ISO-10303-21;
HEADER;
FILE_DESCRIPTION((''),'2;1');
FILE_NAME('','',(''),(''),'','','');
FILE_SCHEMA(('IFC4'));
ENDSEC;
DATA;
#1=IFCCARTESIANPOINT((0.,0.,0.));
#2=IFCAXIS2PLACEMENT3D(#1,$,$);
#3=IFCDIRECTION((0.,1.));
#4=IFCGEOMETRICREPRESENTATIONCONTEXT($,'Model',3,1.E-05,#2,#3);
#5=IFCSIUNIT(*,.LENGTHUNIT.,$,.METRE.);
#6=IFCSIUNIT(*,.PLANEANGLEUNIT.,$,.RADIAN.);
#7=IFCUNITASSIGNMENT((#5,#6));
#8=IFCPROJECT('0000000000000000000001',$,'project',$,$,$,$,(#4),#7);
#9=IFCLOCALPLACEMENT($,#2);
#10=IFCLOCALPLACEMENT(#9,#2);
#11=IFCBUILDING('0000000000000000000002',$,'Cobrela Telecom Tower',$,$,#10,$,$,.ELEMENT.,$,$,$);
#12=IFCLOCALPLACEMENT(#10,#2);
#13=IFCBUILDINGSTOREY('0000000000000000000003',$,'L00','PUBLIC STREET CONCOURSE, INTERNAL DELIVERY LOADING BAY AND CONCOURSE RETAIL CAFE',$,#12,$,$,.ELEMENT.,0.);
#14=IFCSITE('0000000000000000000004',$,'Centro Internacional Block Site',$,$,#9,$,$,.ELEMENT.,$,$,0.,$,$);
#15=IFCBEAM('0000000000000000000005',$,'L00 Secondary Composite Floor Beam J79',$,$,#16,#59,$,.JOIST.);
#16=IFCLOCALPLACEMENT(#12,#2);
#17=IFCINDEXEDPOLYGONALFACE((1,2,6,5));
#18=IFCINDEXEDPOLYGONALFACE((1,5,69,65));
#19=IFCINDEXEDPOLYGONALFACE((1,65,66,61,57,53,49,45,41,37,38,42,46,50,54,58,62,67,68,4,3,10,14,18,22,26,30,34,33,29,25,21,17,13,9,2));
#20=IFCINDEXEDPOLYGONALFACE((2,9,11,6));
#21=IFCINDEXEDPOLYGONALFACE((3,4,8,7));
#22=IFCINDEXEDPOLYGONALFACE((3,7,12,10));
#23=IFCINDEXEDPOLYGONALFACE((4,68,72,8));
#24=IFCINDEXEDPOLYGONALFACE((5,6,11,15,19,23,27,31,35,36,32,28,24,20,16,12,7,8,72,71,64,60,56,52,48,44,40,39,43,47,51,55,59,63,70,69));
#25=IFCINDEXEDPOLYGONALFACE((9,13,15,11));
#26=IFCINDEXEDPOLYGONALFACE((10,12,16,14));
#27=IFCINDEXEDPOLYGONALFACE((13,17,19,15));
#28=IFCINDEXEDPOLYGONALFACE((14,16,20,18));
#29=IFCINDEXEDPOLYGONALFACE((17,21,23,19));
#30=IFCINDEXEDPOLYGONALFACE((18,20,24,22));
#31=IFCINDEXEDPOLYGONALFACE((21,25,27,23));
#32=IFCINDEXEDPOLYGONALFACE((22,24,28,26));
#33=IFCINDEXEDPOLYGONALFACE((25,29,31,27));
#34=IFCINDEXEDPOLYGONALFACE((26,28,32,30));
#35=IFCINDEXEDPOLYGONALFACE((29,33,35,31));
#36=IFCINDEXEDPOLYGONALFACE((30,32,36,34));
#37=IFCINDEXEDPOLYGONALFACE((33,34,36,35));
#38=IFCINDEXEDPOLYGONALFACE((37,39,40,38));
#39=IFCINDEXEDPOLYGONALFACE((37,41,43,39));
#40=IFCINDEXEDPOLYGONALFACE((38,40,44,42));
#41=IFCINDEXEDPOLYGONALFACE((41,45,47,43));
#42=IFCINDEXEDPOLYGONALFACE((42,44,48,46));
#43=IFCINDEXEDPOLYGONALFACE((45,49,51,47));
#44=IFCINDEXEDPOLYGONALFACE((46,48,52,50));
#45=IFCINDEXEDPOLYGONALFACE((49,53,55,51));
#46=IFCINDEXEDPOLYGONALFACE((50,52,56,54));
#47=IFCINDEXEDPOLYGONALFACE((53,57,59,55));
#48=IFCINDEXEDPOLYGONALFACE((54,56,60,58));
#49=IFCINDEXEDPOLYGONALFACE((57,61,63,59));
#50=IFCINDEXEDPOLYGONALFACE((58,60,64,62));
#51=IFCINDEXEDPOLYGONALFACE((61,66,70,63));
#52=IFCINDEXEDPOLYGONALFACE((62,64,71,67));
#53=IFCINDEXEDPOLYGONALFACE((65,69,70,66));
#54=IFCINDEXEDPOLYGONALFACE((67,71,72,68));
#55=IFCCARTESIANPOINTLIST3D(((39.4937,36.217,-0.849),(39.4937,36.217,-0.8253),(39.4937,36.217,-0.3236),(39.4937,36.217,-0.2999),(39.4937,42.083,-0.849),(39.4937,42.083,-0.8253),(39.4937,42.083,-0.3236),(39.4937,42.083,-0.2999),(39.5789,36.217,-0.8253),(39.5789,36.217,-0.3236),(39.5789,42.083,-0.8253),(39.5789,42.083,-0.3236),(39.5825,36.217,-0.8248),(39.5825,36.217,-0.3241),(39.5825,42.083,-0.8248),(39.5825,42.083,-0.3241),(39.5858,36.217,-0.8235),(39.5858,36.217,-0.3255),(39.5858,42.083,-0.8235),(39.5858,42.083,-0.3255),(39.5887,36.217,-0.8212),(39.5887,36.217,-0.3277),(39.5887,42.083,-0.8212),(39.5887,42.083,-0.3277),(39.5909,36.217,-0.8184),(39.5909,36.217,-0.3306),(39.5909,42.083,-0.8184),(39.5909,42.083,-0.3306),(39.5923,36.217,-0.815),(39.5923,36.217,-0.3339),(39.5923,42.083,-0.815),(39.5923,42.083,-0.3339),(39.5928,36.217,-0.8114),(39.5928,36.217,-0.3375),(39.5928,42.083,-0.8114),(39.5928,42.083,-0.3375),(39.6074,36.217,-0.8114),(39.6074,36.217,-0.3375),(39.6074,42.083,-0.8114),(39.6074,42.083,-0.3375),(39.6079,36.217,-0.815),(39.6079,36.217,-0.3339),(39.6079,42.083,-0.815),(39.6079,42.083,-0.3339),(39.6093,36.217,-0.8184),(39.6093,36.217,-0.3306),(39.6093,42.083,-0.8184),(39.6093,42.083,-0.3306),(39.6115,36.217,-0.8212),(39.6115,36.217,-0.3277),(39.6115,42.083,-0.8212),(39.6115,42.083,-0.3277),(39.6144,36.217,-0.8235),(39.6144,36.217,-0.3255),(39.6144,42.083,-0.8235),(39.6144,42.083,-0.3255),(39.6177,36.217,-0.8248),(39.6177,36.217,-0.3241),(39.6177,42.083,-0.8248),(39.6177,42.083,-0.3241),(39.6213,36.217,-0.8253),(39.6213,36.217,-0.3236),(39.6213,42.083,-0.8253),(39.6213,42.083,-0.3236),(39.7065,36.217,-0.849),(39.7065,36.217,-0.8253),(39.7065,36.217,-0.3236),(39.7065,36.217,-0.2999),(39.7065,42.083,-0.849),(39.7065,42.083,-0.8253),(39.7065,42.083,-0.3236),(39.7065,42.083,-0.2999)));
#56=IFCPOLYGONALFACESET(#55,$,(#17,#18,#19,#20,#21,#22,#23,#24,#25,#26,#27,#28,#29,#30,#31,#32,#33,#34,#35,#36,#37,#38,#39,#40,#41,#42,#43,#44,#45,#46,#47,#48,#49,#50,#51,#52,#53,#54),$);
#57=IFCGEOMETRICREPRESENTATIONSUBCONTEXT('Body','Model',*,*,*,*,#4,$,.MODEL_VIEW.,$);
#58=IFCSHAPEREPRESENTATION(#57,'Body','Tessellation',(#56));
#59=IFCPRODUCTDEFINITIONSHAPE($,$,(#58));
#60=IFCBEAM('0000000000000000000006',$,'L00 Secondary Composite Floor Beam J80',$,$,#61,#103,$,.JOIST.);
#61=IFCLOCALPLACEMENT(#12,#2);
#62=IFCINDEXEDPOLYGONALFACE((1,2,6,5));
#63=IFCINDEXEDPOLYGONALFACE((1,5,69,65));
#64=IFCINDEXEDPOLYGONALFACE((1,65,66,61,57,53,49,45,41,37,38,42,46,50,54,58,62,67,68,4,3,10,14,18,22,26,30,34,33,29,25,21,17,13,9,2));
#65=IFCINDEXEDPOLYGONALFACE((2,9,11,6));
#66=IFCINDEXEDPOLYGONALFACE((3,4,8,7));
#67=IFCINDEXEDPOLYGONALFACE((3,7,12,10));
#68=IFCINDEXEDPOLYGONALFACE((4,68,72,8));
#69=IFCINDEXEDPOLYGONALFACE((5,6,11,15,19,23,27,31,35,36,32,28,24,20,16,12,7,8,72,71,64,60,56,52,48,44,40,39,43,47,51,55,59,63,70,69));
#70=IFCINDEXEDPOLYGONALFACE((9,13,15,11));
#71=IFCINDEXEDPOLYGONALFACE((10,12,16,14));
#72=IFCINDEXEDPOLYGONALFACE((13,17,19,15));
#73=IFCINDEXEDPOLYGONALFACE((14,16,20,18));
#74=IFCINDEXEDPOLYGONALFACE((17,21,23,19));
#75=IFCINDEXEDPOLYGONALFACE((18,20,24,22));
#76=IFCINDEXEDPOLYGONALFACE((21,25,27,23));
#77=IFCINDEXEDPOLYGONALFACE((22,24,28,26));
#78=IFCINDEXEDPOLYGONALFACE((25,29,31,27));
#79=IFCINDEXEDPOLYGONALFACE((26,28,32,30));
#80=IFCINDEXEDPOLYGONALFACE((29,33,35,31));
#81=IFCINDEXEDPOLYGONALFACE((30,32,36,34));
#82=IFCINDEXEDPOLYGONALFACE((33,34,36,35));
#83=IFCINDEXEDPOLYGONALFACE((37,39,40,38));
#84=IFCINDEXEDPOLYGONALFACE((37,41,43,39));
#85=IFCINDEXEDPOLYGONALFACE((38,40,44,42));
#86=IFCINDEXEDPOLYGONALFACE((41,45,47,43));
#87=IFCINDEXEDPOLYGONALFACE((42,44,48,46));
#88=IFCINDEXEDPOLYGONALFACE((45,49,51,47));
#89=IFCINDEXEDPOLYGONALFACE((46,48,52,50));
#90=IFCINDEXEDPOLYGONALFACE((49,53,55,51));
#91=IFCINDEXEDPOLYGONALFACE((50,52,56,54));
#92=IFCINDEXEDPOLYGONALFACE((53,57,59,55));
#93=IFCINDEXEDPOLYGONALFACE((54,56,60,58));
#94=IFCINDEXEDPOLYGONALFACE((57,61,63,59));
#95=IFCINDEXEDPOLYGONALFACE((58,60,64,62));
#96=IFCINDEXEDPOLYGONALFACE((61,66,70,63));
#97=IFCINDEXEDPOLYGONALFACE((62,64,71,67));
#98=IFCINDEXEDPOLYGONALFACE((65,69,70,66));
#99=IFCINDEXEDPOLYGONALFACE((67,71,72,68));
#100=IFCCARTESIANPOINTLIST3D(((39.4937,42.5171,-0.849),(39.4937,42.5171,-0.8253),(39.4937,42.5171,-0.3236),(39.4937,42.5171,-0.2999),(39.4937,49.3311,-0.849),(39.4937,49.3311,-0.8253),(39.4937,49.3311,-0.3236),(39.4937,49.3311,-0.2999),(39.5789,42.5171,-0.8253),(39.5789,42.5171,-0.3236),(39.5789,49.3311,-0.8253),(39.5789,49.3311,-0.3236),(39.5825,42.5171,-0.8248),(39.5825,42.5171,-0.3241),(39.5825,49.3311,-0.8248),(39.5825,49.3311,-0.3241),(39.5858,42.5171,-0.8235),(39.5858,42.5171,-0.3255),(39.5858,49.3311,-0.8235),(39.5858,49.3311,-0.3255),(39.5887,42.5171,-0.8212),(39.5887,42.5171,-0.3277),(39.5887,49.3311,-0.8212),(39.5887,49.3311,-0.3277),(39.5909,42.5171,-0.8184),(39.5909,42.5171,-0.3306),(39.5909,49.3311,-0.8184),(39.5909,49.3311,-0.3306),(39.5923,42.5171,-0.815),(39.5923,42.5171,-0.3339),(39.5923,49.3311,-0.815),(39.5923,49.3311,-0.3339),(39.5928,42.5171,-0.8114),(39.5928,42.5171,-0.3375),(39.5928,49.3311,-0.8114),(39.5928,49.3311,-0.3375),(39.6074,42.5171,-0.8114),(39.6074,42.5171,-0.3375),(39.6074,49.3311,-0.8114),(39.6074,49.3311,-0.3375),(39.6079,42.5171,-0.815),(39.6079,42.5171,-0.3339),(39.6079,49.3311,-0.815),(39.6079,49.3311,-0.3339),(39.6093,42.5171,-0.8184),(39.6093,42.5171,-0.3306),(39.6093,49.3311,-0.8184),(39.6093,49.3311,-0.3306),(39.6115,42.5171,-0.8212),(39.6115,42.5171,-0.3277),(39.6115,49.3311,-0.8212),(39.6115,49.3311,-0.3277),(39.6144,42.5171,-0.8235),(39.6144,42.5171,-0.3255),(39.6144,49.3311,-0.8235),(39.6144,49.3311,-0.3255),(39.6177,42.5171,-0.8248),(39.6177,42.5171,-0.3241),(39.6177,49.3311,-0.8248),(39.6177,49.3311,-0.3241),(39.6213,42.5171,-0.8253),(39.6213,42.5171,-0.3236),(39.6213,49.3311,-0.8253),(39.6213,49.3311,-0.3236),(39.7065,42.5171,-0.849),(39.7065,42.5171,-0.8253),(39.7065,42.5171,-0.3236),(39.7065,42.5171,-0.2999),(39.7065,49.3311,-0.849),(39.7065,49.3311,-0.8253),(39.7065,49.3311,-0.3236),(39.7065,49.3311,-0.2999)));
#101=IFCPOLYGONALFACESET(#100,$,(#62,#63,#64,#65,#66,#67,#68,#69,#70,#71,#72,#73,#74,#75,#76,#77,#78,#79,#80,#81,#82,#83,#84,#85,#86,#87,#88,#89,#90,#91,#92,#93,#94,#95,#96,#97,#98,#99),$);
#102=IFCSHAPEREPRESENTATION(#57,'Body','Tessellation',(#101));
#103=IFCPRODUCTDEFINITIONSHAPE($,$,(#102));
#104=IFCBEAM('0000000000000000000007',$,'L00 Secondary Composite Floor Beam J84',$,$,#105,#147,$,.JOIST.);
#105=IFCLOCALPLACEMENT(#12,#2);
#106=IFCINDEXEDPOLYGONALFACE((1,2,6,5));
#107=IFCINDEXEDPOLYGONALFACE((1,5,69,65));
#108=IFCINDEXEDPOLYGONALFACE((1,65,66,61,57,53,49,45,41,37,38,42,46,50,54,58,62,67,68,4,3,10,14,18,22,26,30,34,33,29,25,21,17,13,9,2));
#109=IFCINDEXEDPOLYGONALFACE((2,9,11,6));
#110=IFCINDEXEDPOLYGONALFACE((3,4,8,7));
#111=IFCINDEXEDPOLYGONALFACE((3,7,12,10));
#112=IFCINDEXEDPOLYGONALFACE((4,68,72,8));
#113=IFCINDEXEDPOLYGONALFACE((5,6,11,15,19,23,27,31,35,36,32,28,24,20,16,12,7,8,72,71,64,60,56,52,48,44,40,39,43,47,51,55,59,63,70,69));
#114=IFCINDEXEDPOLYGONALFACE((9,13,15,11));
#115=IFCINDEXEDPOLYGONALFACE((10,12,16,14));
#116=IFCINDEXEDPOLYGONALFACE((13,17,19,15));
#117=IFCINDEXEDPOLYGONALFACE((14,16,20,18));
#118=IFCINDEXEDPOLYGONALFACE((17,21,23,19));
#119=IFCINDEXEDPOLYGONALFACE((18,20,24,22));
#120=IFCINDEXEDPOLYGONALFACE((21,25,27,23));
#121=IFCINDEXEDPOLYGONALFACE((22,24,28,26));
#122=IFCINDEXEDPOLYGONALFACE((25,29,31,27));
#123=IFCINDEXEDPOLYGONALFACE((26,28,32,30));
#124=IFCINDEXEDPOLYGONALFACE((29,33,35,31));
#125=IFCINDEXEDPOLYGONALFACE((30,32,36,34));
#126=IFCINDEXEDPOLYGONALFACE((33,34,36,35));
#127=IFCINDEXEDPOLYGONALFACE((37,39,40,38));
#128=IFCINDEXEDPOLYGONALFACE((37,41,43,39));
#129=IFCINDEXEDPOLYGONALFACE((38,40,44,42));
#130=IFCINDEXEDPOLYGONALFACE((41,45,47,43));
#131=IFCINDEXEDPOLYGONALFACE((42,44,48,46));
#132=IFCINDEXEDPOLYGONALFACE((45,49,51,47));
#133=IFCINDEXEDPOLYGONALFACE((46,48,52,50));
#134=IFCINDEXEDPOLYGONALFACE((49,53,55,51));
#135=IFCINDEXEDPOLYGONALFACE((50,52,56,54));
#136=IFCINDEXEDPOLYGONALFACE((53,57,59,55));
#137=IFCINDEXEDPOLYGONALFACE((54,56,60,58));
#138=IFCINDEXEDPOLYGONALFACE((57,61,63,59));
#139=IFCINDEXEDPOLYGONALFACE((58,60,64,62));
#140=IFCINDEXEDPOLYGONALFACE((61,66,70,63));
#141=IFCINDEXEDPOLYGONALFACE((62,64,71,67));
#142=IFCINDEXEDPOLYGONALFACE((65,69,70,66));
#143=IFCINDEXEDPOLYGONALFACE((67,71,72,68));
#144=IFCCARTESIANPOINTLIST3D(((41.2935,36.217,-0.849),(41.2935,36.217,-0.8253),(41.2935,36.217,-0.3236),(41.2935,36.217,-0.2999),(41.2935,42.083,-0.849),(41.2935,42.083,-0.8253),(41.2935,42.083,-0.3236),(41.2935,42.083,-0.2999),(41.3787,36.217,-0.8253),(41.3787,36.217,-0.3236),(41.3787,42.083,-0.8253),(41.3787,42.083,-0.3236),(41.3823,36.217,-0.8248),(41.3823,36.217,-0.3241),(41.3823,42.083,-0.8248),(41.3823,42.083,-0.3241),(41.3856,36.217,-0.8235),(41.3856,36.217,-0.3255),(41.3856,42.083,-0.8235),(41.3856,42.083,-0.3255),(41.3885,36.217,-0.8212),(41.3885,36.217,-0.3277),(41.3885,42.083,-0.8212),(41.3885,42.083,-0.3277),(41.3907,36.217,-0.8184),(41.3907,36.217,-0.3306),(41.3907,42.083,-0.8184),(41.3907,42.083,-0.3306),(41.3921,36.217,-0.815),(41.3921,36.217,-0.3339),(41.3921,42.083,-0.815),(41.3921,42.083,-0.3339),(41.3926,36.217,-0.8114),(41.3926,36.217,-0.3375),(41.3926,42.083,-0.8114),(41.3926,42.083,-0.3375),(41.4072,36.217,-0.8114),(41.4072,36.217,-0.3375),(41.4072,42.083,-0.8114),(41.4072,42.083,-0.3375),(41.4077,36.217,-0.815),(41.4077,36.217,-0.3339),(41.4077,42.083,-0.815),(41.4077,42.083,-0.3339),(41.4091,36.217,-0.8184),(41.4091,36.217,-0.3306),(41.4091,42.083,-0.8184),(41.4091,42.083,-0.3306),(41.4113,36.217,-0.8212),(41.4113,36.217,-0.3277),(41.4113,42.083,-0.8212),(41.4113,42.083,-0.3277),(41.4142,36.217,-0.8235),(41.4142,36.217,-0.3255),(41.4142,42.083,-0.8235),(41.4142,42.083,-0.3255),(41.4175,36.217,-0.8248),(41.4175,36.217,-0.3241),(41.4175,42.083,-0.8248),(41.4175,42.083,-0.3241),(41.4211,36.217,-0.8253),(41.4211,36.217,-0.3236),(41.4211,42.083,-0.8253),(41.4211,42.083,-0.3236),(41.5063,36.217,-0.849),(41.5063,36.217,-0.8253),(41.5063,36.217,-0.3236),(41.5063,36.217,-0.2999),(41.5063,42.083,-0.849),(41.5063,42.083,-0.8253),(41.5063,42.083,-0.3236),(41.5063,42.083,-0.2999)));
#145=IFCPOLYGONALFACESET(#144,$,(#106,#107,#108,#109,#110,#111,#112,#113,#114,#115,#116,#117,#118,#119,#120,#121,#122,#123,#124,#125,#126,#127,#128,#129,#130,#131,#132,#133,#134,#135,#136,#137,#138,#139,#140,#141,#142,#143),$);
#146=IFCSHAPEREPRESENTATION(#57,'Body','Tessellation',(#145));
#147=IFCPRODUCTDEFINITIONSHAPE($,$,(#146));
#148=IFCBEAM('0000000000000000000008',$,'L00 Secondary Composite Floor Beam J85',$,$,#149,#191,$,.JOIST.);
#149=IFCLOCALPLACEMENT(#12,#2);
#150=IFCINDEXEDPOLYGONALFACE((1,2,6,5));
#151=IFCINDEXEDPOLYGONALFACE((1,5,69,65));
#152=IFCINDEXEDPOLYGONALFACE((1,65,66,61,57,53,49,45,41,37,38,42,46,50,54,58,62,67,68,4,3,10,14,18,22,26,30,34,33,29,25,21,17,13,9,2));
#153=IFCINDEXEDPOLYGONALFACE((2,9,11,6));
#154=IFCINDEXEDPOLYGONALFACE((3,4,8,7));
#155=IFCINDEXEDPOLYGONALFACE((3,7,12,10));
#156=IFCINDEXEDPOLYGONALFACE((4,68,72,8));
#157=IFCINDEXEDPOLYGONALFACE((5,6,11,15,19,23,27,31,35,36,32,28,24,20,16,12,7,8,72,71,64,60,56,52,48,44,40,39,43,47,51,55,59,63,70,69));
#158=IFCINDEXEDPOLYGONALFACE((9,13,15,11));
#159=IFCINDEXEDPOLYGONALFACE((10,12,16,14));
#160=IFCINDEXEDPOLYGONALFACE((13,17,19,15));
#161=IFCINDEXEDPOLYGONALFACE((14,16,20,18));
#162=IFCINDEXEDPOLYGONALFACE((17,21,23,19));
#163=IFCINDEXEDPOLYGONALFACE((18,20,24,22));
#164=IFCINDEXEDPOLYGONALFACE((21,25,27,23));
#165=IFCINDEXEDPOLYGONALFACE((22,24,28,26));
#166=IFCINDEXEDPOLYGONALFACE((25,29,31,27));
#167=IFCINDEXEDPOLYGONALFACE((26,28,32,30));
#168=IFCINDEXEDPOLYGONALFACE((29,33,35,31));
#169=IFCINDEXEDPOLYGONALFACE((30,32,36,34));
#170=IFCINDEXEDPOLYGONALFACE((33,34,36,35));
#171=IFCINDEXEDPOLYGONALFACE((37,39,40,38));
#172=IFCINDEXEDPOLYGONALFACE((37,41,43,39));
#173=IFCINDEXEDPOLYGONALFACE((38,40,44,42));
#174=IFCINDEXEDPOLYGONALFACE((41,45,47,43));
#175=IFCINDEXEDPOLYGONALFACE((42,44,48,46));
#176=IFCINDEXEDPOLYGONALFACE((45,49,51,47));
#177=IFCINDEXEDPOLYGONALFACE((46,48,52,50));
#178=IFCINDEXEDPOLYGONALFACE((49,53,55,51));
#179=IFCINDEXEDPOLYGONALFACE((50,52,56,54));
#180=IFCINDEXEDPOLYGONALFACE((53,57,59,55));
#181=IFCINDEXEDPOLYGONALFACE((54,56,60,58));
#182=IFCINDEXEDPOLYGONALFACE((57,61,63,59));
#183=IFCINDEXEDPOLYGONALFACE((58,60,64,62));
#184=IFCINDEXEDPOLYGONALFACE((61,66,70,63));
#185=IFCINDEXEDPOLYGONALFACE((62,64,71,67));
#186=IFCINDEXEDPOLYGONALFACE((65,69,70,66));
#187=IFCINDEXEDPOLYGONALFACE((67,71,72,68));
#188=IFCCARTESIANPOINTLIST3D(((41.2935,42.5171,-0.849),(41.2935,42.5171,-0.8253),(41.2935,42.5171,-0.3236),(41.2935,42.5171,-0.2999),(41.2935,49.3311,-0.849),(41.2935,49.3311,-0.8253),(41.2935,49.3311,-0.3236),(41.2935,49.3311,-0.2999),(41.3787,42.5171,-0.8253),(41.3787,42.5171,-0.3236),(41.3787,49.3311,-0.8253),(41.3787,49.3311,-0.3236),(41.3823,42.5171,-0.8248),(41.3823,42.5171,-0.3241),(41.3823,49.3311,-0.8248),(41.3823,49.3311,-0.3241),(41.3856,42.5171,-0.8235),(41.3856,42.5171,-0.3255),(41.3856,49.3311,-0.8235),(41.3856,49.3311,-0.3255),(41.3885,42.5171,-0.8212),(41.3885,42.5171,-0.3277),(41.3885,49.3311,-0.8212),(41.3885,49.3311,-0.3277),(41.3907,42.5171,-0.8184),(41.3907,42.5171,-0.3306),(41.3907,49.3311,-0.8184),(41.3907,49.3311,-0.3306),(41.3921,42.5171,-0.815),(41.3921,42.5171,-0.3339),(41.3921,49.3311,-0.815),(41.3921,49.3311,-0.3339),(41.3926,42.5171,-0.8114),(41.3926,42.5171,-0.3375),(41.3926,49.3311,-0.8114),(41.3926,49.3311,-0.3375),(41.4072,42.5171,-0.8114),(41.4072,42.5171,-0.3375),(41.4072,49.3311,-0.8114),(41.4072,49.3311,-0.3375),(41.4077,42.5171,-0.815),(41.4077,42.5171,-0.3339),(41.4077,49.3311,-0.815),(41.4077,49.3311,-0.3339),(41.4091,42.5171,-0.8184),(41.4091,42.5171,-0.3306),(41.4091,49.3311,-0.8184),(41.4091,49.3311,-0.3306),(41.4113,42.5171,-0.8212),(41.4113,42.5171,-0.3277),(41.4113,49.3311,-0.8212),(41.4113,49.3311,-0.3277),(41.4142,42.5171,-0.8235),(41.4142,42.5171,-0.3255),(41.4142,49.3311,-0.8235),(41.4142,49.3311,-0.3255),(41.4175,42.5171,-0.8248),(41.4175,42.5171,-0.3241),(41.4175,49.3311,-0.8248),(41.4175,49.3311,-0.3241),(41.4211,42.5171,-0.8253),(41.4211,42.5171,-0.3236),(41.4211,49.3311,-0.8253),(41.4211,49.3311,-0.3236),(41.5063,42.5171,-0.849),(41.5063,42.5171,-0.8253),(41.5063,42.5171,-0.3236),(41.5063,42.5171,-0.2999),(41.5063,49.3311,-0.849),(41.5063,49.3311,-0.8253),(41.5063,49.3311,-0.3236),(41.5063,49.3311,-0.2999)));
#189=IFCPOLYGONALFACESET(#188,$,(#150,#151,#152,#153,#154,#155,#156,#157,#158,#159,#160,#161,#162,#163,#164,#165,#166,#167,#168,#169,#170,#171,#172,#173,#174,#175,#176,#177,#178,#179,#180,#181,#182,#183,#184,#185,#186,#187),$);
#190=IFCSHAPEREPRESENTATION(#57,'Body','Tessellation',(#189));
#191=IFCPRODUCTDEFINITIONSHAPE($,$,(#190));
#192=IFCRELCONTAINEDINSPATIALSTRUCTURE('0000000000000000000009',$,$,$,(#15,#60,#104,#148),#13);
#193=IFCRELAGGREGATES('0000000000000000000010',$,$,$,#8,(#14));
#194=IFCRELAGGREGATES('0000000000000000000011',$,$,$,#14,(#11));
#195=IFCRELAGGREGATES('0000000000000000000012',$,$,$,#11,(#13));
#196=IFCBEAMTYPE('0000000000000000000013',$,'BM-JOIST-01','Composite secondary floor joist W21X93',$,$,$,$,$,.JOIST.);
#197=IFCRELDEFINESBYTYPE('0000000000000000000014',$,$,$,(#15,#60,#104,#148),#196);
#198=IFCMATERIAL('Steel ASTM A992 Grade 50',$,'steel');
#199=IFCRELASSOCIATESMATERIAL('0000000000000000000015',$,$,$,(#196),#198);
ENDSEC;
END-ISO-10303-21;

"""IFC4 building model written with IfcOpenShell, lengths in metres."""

from ifc_helpers import new_model, si_unit, direction, frame, origin, origin_2d, place, context, subcontext, project, spatial, i_section, extrude, material, material_profile, profile_set, type_object, element, save


model = new_model("IFC4")

# Units and contexts
model_context = context("Model", 3, precision=1e-05, world=origin(), true_north=direction((0.0, 1.0)))
body_context = subcontext(model_context, "Body", "Model", "MODEL_VIEW")
ifc_project = project(units=[si_unit("LENGTHUNIT", "METRE"), si_unit("PLANEANGLEUNIT", "RADIAN")], contexts=[model_context])

# Site, building, storey
site_placement = place(None, origin())
site = spatial("IfcSite", under=ifc_project, at=site_placement, Name="Centro Internacional Block Site", CompositionType="ELEMENT", RefElevation=0.0)
building_placement = place(site_placement, origin())
building = spatial("IfcBuilding", under=site, at=building_placement, Name="Cobrela Telecom Tower", CompositionType="ELEMENT")
storey_placement = place(building_placement, origin())
storey = spatial("IfcBuildingStorey", under=building, at=storey_placement, Name="L00", Description="PUBLIC STREET CONCOURSE, INTERNAL DELIVERY LOADING BAY AND CONCOURSE RETAIL CAFE", CompositionType="ELEMENT", Elevation=0.0)

# Beams
ifc_material_1 = material(Name="Steel ASTM A992 Grade 50", Category="steel")
ifc_material_profile_1 = material_profile(ifc_material_1, i_section(OverallWidth=0.2129, OverallDepth=0.5491, WebThickness=0.0146, FlangeThickness=0.0237, FilletRadius=0.0139, at=origin_2d()), Name="W21X93")
ifc_profile_set_1 = profile_set([ifc_material_profile_1], Name="Steel ASTM A992 Grade 50")
beam_type_1 = type_object("IfcBeamType", Name="BM-JOIST-01", Description="Composite secondary floor joist W21X93", PredefinedType="JOIST", material=ifc_profile_set_1)
beam_1_placement = place(storey_placement, frame((39.6001, 36.217, -0.5745), z_axis=(0.0, 1.0, 0.0), x_axis=(-1.0, 0.0, 0.0)))
element("IfcBeam", 1, at=beam_1_placement, inside=storey, type_object=beam_type_1, Name="L00 Secondary Composite Floor Beam J79", PredefinedType="JOIST", context=body_context, shape_type="SweptSolid", body=[
    extrude(i_section(OverallWidth=0.2129, OverallDepth=0.5491, WebThickness=0.0146, FlangeThickness=0.0237, FilletRadius=0.0139, at=origin_2d()), origin(), (0.0, 0.0, 1.0), 5.866),
])
beam_2_placement = place(storey_placement, frame((39.6001, 42.5171, -0.5745), z_axis=(0.0, 1.0, 0.0), x_axis=(-1.0, 0.0, 0.0)))
element("IfcBeam", 2, at=beam_2_placement, inside=storey, type_object=beam_type_1, Name="L00 Secondary Composite Floor Beam J80", PredefinedType="JOIST", context=body_context, shape_type="SweptSolid", body=[
    extrude(i_section(OverallWidth=0.2129, OverallDepth=0.5491, WebThickness=0.0146, FlangeThickness=0.0237, FilletRadius=0.0139, at=origin_2d()), origin(), (0.0, 0.0, 1.0), 6.814),
])
beam_3_placement = place(storey_placement, frame((41.3999, 36.217, -0.5745), z_axis=(0.0, 1.0, 0.0), x_axis=(-1.0, 0.0, 0.0)))
element("IfcBeam", 3, at=beam_3_placement, inside=storey, type_object=beam_type_1, Name="L00 Secondary Composite Floor Beam J84", PredefinedType="JOIST", context=body_context, shape_type="SweptSolid", body=[
    extrude(i_section(OverallWidth=0.2129, OverallDepth=0.5491, WebThickness=0.0146, FlangeThickness=0.0237, FilletRadius=0.0139, at=origin_2d()), origin(), (0.0, 0.0, 1.0), 5.866),
])
beam_4_placement = place(storey_placement, frame((41.3999, 42.5171, -0.5745), z_axis=(0.0, 1.0, 0.0), x_axis=(-1.0, 0.0, 0.0)))
element("IfcBeam", 4, at=beam_4_placement, inside=storey, type_object=beam_type_1, Name="L00 Secondary Composite Floor Beam J85", PredefinedType="JOIST", context=body_context, shape_type="SweptSolid", body=[
    extrude(i_section(OverallWidth=0.2129, OverallDepth=0.5491, WebThickness=0.0146, FlangeThickness=0.0237, FilletRadius=0.0139, at=origin_2d()), origin(), (0.0, 0.0, 1.0), 6.814),
])

save(model, "model.ifc")
